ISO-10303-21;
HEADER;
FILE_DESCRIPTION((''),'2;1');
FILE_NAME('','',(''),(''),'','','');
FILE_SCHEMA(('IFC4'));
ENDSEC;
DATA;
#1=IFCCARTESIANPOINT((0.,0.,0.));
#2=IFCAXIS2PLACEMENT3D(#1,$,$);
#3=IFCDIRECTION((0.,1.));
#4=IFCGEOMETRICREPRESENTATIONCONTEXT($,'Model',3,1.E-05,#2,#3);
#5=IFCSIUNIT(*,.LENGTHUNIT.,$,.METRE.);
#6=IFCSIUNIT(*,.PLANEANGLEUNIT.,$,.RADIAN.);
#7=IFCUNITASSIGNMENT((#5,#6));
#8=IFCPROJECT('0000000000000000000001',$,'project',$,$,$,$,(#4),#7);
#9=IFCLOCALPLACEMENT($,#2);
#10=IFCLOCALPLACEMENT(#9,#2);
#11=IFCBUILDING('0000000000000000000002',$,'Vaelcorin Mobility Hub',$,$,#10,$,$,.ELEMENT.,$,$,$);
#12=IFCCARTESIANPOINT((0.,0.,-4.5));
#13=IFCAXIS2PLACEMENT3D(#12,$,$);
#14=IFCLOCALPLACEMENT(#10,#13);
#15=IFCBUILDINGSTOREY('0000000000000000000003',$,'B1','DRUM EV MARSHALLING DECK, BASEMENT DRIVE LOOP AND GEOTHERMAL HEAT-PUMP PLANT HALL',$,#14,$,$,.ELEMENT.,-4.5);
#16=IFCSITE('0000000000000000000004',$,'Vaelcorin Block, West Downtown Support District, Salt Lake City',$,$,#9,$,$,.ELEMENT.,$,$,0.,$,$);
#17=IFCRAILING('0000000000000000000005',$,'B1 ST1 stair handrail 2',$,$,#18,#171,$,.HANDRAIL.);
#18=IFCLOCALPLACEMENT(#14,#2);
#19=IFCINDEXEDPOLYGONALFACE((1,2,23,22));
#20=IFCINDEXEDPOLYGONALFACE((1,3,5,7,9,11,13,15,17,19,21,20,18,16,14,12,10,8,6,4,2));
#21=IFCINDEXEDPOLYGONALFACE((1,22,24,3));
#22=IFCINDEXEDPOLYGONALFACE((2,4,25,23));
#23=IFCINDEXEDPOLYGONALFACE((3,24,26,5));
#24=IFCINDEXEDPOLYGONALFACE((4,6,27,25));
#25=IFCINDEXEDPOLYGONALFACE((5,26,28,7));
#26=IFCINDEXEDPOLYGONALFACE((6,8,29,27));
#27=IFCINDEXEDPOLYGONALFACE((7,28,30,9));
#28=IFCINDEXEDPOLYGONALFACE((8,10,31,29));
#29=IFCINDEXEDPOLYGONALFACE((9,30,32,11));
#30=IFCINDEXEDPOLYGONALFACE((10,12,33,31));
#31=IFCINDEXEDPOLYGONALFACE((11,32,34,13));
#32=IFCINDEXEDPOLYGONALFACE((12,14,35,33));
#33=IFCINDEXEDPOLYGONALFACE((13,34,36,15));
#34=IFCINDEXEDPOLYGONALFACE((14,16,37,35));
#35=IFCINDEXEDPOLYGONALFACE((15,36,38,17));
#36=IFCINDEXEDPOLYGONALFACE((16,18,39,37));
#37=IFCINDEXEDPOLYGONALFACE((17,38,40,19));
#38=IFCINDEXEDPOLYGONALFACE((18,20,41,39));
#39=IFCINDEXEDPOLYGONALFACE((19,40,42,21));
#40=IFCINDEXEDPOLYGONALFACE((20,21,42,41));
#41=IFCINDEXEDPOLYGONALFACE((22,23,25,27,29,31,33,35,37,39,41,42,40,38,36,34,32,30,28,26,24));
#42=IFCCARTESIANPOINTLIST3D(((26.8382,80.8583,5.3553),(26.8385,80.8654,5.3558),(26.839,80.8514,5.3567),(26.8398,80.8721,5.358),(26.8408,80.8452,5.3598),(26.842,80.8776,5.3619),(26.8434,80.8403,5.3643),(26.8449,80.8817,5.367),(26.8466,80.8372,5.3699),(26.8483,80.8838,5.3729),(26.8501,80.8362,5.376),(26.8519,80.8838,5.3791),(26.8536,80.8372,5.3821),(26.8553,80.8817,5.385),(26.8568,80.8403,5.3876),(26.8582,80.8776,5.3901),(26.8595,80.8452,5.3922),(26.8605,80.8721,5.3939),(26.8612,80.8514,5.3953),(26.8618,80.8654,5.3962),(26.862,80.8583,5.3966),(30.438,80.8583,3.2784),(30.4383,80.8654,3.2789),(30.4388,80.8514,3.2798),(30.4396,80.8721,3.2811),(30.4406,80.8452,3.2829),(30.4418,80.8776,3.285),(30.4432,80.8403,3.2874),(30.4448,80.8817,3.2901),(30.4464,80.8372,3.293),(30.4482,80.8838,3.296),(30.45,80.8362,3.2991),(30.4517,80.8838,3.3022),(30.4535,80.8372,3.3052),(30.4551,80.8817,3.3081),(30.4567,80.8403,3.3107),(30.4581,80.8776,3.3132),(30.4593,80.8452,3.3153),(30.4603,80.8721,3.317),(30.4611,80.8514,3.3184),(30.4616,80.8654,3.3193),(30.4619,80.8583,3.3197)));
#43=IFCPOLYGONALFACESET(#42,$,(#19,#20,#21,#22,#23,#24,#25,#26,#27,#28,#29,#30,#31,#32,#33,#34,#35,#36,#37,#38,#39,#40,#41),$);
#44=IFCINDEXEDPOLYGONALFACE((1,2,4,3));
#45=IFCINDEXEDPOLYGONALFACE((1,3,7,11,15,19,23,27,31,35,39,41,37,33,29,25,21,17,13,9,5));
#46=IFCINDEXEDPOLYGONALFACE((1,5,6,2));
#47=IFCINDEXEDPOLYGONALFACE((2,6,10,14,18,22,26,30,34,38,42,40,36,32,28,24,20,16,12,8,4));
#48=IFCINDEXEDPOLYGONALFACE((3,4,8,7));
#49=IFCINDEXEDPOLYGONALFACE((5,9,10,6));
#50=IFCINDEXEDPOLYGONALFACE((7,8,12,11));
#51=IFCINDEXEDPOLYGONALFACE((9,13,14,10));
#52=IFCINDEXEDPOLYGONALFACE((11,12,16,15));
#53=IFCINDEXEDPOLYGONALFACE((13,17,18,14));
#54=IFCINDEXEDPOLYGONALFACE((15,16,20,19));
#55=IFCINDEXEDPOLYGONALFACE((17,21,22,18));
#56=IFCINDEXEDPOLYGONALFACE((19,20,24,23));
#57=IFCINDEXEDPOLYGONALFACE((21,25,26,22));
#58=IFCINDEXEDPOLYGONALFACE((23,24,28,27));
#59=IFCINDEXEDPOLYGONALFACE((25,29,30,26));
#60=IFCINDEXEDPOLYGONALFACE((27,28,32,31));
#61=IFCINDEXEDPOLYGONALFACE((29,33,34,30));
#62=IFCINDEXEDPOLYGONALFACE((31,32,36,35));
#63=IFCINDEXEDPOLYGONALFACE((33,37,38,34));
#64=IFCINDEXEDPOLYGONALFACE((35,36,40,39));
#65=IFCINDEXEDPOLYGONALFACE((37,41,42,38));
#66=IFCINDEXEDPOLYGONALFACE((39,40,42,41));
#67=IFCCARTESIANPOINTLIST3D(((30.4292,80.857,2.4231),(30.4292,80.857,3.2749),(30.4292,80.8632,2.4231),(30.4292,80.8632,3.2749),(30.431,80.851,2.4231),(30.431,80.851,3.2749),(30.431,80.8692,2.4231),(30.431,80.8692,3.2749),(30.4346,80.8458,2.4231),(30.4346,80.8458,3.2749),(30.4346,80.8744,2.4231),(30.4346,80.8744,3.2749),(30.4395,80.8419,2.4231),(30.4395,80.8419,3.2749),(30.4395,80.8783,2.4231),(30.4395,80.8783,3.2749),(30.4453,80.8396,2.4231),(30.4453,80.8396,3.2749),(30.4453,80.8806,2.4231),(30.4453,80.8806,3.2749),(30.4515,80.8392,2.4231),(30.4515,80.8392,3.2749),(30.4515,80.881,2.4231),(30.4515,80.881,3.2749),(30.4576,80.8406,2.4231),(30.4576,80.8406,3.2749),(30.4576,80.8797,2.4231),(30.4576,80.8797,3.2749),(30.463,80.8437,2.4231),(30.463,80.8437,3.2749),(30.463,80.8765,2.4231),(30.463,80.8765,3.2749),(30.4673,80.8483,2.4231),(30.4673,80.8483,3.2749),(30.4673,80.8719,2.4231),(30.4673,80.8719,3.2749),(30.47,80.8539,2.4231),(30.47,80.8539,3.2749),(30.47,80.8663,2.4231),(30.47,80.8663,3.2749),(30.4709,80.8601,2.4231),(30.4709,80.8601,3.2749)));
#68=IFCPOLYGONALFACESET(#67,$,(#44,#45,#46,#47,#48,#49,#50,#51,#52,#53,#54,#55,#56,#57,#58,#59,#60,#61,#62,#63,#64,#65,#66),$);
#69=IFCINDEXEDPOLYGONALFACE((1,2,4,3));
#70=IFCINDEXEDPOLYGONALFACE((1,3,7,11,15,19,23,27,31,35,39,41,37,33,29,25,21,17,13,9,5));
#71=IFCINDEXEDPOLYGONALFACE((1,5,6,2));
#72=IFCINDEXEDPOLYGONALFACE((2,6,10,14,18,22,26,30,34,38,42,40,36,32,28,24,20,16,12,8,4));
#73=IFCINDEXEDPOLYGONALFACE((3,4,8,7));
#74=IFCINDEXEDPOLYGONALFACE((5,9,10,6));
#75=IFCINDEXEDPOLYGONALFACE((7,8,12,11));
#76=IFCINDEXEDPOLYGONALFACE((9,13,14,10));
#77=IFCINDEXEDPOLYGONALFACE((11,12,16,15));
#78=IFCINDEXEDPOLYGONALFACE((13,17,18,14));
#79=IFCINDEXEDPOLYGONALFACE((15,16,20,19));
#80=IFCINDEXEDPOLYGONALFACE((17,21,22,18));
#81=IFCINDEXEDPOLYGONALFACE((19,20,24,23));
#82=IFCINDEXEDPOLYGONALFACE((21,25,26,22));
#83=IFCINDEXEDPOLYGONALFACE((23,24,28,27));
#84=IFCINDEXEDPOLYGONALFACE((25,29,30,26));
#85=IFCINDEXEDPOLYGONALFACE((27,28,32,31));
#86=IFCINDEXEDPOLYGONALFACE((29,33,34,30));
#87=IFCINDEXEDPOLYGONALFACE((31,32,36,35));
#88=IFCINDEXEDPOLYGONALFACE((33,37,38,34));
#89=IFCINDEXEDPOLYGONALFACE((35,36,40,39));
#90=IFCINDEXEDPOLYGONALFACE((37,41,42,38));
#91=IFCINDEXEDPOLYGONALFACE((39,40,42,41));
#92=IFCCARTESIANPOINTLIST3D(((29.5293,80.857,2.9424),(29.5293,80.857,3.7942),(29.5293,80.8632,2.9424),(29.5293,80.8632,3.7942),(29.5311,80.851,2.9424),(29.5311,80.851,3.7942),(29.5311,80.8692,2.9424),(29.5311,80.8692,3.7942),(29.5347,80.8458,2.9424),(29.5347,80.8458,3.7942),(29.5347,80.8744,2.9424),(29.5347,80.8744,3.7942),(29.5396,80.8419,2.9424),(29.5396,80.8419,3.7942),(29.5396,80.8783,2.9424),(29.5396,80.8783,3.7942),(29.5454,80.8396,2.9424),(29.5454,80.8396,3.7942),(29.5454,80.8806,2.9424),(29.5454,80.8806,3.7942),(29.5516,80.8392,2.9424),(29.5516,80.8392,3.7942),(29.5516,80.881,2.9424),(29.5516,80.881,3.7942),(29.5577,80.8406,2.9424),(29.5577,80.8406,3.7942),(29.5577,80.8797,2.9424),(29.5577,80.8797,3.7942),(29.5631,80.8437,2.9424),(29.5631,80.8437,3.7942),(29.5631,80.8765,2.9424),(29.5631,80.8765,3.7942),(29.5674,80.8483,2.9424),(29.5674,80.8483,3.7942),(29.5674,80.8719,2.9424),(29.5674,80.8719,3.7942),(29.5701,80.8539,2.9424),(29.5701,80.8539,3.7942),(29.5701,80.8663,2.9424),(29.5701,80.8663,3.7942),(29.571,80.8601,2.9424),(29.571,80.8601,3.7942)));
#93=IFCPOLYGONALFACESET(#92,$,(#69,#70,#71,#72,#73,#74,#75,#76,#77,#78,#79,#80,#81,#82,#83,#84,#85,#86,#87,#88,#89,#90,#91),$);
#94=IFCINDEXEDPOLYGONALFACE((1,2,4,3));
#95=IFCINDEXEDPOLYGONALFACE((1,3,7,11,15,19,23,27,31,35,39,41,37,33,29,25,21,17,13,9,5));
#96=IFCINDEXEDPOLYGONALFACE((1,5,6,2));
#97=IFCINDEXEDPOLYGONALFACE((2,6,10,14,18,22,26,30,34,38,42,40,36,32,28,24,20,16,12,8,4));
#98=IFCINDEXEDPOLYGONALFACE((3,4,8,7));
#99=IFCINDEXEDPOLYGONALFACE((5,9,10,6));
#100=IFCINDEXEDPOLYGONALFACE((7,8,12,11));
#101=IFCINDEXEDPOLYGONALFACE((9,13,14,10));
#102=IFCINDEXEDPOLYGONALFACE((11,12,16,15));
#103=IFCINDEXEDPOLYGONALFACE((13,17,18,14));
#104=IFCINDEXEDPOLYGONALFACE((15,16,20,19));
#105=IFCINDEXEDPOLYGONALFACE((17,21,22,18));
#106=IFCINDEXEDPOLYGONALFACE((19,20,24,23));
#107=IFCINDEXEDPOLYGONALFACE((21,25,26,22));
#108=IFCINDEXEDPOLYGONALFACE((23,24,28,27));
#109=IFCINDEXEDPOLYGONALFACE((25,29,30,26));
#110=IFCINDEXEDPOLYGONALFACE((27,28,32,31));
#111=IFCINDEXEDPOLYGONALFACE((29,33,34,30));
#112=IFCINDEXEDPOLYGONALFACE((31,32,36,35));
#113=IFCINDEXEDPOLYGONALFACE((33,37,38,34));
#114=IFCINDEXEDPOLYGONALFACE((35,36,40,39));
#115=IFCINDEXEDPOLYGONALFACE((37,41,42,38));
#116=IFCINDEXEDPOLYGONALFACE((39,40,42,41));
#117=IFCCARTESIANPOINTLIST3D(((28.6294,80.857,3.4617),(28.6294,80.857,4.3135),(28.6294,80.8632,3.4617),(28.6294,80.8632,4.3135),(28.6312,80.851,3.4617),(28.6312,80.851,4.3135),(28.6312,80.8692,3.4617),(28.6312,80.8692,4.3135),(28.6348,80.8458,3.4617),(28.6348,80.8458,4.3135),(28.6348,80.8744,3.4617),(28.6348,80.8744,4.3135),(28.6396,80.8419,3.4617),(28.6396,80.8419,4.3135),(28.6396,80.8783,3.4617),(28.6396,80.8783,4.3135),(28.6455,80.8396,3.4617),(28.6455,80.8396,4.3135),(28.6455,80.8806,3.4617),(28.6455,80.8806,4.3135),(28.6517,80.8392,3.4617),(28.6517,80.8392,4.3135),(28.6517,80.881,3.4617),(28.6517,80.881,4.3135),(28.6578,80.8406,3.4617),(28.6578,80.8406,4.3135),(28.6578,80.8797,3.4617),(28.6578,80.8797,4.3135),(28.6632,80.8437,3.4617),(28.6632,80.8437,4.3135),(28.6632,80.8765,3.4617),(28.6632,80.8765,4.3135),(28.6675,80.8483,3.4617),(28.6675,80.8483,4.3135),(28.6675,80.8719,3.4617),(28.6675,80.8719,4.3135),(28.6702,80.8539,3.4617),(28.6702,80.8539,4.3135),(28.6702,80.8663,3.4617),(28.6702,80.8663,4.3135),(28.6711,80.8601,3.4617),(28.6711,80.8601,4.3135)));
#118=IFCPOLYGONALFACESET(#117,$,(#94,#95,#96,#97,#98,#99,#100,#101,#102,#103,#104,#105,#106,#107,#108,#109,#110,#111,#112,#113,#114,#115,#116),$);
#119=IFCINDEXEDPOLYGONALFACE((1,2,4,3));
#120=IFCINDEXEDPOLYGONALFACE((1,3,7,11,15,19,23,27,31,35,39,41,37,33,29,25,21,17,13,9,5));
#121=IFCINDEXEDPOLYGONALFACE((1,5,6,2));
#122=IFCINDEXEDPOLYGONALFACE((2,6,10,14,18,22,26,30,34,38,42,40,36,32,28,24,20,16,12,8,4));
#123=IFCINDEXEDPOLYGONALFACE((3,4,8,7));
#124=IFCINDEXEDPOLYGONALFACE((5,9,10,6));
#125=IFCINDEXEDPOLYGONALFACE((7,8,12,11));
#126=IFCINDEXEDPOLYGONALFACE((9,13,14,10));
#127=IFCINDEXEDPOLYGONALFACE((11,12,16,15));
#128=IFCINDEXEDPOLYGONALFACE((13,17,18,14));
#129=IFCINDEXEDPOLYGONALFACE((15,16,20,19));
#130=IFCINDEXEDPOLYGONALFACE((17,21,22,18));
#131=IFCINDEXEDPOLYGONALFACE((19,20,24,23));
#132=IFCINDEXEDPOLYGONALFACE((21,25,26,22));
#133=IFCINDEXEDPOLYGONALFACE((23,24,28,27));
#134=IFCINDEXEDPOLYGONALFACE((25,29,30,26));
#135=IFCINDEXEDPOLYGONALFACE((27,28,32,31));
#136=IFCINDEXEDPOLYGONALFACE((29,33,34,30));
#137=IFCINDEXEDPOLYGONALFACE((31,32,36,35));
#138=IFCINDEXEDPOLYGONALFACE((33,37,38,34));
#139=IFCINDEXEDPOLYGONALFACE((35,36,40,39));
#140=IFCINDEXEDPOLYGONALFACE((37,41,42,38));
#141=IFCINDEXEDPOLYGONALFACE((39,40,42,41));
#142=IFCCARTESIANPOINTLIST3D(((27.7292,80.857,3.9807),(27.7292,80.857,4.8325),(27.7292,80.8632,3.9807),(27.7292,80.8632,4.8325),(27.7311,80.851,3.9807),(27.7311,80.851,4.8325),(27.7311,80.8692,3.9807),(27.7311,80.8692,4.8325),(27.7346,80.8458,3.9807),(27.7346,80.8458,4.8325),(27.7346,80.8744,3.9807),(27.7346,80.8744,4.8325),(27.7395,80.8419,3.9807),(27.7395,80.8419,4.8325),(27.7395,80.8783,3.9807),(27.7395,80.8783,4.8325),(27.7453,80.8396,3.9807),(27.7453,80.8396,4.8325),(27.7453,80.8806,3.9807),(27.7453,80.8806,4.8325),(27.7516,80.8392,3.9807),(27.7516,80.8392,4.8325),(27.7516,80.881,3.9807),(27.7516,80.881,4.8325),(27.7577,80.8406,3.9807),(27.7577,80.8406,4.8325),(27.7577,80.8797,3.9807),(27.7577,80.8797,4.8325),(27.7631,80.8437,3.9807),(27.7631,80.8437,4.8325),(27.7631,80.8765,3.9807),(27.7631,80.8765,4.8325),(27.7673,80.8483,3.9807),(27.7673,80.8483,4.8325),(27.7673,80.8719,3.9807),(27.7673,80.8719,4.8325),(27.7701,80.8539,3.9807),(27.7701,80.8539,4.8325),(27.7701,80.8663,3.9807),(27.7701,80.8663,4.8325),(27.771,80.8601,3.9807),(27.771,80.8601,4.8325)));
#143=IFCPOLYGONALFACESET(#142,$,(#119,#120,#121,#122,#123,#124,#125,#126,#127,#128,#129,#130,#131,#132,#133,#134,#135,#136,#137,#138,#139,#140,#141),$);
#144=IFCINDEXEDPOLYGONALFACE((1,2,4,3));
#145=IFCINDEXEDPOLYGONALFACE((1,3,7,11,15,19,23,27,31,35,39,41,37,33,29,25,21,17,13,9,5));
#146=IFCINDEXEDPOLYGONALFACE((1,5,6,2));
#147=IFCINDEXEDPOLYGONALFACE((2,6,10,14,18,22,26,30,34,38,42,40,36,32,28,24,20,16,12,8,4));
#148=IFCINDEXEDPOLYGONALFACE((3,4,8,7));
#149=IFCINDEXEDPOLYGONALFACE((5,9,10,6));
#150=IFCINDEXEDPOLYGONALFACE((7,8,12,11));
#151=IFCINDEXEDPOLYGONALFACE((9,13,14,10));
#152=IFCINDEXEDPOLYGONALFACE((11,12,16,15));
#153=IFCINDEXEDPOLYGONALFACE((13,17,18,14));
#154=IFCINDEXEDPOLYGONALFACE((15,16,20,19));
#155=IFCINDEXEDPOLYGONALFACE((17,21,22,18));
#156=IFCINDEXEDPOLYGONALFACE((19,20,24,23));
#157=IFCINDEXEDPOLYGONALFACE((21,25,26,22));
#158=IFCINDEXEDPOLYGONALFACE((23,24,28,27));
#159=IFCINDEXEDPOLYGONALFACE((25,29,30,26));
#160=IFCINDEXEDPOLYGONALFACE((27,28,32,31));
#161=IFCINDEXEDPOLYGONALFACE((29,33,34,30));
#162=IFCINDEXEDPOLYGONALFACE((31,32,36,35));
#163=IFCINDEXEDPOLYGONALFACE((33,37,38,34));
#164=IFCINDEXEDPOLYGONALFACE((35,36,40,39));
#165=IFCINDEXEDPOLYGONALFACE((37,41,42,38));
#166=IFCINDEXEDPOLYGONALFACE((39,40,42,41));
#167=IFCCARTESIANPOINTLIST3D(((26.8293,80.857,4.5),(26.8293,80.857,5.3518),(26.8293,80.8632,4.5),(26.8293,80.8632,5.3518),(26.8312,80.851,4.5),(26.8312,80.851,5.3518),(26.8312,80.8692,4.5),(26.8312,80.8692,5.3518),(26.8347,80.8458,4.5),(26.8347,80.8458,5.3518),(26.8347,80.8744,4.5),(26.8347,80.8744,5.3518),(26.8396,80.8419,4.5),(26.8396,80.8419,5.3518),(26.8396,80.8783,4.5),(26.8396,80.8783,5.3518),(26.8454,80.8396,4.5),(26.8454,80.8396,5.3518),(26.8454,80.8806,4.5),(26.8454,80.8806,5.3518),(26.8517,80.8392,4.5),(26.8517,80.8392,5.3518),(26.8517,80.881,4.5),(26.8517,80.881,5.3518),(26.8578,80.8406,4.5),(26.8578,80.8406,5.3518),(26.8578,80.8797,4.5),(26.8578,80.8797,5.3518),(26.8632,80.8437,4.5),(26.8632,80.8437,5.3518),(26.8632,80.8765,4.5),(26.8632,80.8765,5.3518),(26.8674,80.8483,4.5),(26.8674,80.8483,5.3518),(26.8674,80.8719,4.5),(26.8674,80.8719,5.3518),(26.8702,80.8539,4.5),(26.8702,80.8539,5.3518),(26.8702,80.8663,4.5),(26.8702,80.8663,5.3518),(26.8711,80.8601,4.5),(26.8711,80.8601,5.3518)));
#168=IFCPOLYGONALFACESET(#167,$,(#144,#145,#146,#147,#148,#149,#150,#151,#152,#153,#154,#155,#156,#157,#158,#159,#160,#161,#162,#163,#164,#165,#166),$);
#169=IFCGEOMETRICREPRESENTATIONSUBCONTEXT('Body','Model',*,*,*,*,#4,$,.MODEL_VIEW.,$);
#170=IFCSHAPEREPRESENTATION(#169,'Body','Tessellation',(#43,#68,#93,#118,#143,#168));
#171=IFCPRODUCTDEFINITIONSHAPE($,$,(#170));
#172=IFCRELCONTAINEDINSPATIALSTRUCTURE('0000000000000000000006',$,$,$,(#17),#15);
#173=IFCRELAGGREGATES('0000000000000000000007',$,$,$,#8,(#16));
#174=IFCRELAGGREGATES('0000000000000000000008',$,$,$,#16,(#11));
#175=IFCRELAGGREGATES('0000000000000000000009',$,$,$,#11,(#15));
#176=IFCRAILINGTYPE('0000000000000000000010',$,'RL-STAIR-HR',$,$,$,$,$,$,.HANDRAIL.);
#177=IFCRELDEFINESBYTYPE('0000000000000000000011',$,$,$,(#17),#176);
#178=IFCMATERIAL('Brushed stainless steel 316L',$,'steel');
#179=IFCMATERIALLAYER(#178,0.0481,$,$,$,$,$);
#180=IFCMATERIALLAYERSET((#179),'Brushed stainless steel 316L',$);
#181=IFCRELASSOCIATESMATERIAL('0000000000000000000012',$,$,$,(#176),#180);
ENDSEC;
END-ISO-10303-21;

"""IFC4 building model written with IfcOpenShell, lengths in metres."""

from ifc_helpers import new_model, si_unit, direction, frame, origin, origin_2d, place, context, subcontext, project, spatial, circle, extrude, material, layer, layer_set, type_object, element, save


model = new_model("IFC4")

# Units and contexts
model_context = context("Model", 3, precision=1e-05, world=origin(), true_north=direction((0.0, 1.0)))
body_context = subcontext(model_context, "Body", "Model", "MODEL_VIEW")
ifc_project = project(units=[si_unit("LENGTHUNIT", "METRE"), si_unit("PLANEANGLEUNIT", "RADIAN")], contexts=[model_context])

# Site, building, storey
site_placement = place(None, origin())
site = spatial("IfcSite", under=ifc_project, at=site_placement, Name="Vaelcorin Block, West Downtown Support District, Salt Lake City", CompositionType="ELEMENT", RefElevation=0.0)
building_placement = place(site_placement, origin())
building = spatial("IfcBuilding", under=site, at=building_placement, Name="Vaelcorin Mobility Hub", CompositionType="ELEMENT")
storey_placement = place(building_placement, frame((0.0, 0.0, -4.5)))
storey = spatial("IfcBuildingStorey", under=building, at=storey_placement, Name="B1", Description="DRUM EV MARSHALLING DECK, BASEMENT DRIVE LOOP AND GEOTHERMAL HEAT-PUMP PLANT HALL", CompositionType="ELEMENT", Elevation=-4.5)

# Railing
ifc_material_1 = material(Name="Brushed stainless steel 316L", Category="steel")
ifc_layer_1 = layer(ifc_material_1, 0.0481)
ifc_layer_set_1 = layer_set([ifc_layer_1], Name="Brushed stainless steel 316L")
railing_type_1 = type_object("IfcRailingType", Name="RL-STAIR-HR", PredefinedType="HANDRAIL", material=ifc_layer_set_1)
railing_1_placement = place(storey_placement, frame((30.45, 80.8601, 2.4231)))
element("IfcRailing", 1, at=railing_1_placement, inside=storey, type_object=railing_type_1, Name="B1 ST1 stair handrail 2", PredefinedType="HANDRAIL", context=body_context, shape_type="SweptSolid", body=[
    extrude(circle(Radius=0.0239, at=origin_2d()), frame((0.0, 0.0, 0.876), z_axis=(-0.866179, 0.0, 0.499734), x_axis=(0.0, -1.0, 0.0)), (0.0, 0.0, 1.0), 4.156),
    extrude(circle(Radius=0.021, at=origin_2d()), origin(), (0.0, 0.0, 1.0), 0.8518),
    extrude(circle(Radius=0.021, at=origin_2d()), frame((-0.8999, 0.0, 0.5193)), (0.0, 0.0, 1.0), 0.8518),
    extrude(circle(Radius=0.021, at=origin_2d()), frame((-1.7998, 0.0, 1.0386)), (0.0, 0.0, 1.0), 0.8518),
    extrude(circle(Radius=0.021, at=origin_2d()), frame((-2.7, 0.0, 1.5576)), (0.0, 0.0, 1.0), 0.8518),
    extrude(circle(Radius=0.021, at=origin_2d()), frame((-3.5999, 0.0, 2.0769)), (0.0, 0.0, 1.0), 0.8518),
])

save(model, "model.ifc")
